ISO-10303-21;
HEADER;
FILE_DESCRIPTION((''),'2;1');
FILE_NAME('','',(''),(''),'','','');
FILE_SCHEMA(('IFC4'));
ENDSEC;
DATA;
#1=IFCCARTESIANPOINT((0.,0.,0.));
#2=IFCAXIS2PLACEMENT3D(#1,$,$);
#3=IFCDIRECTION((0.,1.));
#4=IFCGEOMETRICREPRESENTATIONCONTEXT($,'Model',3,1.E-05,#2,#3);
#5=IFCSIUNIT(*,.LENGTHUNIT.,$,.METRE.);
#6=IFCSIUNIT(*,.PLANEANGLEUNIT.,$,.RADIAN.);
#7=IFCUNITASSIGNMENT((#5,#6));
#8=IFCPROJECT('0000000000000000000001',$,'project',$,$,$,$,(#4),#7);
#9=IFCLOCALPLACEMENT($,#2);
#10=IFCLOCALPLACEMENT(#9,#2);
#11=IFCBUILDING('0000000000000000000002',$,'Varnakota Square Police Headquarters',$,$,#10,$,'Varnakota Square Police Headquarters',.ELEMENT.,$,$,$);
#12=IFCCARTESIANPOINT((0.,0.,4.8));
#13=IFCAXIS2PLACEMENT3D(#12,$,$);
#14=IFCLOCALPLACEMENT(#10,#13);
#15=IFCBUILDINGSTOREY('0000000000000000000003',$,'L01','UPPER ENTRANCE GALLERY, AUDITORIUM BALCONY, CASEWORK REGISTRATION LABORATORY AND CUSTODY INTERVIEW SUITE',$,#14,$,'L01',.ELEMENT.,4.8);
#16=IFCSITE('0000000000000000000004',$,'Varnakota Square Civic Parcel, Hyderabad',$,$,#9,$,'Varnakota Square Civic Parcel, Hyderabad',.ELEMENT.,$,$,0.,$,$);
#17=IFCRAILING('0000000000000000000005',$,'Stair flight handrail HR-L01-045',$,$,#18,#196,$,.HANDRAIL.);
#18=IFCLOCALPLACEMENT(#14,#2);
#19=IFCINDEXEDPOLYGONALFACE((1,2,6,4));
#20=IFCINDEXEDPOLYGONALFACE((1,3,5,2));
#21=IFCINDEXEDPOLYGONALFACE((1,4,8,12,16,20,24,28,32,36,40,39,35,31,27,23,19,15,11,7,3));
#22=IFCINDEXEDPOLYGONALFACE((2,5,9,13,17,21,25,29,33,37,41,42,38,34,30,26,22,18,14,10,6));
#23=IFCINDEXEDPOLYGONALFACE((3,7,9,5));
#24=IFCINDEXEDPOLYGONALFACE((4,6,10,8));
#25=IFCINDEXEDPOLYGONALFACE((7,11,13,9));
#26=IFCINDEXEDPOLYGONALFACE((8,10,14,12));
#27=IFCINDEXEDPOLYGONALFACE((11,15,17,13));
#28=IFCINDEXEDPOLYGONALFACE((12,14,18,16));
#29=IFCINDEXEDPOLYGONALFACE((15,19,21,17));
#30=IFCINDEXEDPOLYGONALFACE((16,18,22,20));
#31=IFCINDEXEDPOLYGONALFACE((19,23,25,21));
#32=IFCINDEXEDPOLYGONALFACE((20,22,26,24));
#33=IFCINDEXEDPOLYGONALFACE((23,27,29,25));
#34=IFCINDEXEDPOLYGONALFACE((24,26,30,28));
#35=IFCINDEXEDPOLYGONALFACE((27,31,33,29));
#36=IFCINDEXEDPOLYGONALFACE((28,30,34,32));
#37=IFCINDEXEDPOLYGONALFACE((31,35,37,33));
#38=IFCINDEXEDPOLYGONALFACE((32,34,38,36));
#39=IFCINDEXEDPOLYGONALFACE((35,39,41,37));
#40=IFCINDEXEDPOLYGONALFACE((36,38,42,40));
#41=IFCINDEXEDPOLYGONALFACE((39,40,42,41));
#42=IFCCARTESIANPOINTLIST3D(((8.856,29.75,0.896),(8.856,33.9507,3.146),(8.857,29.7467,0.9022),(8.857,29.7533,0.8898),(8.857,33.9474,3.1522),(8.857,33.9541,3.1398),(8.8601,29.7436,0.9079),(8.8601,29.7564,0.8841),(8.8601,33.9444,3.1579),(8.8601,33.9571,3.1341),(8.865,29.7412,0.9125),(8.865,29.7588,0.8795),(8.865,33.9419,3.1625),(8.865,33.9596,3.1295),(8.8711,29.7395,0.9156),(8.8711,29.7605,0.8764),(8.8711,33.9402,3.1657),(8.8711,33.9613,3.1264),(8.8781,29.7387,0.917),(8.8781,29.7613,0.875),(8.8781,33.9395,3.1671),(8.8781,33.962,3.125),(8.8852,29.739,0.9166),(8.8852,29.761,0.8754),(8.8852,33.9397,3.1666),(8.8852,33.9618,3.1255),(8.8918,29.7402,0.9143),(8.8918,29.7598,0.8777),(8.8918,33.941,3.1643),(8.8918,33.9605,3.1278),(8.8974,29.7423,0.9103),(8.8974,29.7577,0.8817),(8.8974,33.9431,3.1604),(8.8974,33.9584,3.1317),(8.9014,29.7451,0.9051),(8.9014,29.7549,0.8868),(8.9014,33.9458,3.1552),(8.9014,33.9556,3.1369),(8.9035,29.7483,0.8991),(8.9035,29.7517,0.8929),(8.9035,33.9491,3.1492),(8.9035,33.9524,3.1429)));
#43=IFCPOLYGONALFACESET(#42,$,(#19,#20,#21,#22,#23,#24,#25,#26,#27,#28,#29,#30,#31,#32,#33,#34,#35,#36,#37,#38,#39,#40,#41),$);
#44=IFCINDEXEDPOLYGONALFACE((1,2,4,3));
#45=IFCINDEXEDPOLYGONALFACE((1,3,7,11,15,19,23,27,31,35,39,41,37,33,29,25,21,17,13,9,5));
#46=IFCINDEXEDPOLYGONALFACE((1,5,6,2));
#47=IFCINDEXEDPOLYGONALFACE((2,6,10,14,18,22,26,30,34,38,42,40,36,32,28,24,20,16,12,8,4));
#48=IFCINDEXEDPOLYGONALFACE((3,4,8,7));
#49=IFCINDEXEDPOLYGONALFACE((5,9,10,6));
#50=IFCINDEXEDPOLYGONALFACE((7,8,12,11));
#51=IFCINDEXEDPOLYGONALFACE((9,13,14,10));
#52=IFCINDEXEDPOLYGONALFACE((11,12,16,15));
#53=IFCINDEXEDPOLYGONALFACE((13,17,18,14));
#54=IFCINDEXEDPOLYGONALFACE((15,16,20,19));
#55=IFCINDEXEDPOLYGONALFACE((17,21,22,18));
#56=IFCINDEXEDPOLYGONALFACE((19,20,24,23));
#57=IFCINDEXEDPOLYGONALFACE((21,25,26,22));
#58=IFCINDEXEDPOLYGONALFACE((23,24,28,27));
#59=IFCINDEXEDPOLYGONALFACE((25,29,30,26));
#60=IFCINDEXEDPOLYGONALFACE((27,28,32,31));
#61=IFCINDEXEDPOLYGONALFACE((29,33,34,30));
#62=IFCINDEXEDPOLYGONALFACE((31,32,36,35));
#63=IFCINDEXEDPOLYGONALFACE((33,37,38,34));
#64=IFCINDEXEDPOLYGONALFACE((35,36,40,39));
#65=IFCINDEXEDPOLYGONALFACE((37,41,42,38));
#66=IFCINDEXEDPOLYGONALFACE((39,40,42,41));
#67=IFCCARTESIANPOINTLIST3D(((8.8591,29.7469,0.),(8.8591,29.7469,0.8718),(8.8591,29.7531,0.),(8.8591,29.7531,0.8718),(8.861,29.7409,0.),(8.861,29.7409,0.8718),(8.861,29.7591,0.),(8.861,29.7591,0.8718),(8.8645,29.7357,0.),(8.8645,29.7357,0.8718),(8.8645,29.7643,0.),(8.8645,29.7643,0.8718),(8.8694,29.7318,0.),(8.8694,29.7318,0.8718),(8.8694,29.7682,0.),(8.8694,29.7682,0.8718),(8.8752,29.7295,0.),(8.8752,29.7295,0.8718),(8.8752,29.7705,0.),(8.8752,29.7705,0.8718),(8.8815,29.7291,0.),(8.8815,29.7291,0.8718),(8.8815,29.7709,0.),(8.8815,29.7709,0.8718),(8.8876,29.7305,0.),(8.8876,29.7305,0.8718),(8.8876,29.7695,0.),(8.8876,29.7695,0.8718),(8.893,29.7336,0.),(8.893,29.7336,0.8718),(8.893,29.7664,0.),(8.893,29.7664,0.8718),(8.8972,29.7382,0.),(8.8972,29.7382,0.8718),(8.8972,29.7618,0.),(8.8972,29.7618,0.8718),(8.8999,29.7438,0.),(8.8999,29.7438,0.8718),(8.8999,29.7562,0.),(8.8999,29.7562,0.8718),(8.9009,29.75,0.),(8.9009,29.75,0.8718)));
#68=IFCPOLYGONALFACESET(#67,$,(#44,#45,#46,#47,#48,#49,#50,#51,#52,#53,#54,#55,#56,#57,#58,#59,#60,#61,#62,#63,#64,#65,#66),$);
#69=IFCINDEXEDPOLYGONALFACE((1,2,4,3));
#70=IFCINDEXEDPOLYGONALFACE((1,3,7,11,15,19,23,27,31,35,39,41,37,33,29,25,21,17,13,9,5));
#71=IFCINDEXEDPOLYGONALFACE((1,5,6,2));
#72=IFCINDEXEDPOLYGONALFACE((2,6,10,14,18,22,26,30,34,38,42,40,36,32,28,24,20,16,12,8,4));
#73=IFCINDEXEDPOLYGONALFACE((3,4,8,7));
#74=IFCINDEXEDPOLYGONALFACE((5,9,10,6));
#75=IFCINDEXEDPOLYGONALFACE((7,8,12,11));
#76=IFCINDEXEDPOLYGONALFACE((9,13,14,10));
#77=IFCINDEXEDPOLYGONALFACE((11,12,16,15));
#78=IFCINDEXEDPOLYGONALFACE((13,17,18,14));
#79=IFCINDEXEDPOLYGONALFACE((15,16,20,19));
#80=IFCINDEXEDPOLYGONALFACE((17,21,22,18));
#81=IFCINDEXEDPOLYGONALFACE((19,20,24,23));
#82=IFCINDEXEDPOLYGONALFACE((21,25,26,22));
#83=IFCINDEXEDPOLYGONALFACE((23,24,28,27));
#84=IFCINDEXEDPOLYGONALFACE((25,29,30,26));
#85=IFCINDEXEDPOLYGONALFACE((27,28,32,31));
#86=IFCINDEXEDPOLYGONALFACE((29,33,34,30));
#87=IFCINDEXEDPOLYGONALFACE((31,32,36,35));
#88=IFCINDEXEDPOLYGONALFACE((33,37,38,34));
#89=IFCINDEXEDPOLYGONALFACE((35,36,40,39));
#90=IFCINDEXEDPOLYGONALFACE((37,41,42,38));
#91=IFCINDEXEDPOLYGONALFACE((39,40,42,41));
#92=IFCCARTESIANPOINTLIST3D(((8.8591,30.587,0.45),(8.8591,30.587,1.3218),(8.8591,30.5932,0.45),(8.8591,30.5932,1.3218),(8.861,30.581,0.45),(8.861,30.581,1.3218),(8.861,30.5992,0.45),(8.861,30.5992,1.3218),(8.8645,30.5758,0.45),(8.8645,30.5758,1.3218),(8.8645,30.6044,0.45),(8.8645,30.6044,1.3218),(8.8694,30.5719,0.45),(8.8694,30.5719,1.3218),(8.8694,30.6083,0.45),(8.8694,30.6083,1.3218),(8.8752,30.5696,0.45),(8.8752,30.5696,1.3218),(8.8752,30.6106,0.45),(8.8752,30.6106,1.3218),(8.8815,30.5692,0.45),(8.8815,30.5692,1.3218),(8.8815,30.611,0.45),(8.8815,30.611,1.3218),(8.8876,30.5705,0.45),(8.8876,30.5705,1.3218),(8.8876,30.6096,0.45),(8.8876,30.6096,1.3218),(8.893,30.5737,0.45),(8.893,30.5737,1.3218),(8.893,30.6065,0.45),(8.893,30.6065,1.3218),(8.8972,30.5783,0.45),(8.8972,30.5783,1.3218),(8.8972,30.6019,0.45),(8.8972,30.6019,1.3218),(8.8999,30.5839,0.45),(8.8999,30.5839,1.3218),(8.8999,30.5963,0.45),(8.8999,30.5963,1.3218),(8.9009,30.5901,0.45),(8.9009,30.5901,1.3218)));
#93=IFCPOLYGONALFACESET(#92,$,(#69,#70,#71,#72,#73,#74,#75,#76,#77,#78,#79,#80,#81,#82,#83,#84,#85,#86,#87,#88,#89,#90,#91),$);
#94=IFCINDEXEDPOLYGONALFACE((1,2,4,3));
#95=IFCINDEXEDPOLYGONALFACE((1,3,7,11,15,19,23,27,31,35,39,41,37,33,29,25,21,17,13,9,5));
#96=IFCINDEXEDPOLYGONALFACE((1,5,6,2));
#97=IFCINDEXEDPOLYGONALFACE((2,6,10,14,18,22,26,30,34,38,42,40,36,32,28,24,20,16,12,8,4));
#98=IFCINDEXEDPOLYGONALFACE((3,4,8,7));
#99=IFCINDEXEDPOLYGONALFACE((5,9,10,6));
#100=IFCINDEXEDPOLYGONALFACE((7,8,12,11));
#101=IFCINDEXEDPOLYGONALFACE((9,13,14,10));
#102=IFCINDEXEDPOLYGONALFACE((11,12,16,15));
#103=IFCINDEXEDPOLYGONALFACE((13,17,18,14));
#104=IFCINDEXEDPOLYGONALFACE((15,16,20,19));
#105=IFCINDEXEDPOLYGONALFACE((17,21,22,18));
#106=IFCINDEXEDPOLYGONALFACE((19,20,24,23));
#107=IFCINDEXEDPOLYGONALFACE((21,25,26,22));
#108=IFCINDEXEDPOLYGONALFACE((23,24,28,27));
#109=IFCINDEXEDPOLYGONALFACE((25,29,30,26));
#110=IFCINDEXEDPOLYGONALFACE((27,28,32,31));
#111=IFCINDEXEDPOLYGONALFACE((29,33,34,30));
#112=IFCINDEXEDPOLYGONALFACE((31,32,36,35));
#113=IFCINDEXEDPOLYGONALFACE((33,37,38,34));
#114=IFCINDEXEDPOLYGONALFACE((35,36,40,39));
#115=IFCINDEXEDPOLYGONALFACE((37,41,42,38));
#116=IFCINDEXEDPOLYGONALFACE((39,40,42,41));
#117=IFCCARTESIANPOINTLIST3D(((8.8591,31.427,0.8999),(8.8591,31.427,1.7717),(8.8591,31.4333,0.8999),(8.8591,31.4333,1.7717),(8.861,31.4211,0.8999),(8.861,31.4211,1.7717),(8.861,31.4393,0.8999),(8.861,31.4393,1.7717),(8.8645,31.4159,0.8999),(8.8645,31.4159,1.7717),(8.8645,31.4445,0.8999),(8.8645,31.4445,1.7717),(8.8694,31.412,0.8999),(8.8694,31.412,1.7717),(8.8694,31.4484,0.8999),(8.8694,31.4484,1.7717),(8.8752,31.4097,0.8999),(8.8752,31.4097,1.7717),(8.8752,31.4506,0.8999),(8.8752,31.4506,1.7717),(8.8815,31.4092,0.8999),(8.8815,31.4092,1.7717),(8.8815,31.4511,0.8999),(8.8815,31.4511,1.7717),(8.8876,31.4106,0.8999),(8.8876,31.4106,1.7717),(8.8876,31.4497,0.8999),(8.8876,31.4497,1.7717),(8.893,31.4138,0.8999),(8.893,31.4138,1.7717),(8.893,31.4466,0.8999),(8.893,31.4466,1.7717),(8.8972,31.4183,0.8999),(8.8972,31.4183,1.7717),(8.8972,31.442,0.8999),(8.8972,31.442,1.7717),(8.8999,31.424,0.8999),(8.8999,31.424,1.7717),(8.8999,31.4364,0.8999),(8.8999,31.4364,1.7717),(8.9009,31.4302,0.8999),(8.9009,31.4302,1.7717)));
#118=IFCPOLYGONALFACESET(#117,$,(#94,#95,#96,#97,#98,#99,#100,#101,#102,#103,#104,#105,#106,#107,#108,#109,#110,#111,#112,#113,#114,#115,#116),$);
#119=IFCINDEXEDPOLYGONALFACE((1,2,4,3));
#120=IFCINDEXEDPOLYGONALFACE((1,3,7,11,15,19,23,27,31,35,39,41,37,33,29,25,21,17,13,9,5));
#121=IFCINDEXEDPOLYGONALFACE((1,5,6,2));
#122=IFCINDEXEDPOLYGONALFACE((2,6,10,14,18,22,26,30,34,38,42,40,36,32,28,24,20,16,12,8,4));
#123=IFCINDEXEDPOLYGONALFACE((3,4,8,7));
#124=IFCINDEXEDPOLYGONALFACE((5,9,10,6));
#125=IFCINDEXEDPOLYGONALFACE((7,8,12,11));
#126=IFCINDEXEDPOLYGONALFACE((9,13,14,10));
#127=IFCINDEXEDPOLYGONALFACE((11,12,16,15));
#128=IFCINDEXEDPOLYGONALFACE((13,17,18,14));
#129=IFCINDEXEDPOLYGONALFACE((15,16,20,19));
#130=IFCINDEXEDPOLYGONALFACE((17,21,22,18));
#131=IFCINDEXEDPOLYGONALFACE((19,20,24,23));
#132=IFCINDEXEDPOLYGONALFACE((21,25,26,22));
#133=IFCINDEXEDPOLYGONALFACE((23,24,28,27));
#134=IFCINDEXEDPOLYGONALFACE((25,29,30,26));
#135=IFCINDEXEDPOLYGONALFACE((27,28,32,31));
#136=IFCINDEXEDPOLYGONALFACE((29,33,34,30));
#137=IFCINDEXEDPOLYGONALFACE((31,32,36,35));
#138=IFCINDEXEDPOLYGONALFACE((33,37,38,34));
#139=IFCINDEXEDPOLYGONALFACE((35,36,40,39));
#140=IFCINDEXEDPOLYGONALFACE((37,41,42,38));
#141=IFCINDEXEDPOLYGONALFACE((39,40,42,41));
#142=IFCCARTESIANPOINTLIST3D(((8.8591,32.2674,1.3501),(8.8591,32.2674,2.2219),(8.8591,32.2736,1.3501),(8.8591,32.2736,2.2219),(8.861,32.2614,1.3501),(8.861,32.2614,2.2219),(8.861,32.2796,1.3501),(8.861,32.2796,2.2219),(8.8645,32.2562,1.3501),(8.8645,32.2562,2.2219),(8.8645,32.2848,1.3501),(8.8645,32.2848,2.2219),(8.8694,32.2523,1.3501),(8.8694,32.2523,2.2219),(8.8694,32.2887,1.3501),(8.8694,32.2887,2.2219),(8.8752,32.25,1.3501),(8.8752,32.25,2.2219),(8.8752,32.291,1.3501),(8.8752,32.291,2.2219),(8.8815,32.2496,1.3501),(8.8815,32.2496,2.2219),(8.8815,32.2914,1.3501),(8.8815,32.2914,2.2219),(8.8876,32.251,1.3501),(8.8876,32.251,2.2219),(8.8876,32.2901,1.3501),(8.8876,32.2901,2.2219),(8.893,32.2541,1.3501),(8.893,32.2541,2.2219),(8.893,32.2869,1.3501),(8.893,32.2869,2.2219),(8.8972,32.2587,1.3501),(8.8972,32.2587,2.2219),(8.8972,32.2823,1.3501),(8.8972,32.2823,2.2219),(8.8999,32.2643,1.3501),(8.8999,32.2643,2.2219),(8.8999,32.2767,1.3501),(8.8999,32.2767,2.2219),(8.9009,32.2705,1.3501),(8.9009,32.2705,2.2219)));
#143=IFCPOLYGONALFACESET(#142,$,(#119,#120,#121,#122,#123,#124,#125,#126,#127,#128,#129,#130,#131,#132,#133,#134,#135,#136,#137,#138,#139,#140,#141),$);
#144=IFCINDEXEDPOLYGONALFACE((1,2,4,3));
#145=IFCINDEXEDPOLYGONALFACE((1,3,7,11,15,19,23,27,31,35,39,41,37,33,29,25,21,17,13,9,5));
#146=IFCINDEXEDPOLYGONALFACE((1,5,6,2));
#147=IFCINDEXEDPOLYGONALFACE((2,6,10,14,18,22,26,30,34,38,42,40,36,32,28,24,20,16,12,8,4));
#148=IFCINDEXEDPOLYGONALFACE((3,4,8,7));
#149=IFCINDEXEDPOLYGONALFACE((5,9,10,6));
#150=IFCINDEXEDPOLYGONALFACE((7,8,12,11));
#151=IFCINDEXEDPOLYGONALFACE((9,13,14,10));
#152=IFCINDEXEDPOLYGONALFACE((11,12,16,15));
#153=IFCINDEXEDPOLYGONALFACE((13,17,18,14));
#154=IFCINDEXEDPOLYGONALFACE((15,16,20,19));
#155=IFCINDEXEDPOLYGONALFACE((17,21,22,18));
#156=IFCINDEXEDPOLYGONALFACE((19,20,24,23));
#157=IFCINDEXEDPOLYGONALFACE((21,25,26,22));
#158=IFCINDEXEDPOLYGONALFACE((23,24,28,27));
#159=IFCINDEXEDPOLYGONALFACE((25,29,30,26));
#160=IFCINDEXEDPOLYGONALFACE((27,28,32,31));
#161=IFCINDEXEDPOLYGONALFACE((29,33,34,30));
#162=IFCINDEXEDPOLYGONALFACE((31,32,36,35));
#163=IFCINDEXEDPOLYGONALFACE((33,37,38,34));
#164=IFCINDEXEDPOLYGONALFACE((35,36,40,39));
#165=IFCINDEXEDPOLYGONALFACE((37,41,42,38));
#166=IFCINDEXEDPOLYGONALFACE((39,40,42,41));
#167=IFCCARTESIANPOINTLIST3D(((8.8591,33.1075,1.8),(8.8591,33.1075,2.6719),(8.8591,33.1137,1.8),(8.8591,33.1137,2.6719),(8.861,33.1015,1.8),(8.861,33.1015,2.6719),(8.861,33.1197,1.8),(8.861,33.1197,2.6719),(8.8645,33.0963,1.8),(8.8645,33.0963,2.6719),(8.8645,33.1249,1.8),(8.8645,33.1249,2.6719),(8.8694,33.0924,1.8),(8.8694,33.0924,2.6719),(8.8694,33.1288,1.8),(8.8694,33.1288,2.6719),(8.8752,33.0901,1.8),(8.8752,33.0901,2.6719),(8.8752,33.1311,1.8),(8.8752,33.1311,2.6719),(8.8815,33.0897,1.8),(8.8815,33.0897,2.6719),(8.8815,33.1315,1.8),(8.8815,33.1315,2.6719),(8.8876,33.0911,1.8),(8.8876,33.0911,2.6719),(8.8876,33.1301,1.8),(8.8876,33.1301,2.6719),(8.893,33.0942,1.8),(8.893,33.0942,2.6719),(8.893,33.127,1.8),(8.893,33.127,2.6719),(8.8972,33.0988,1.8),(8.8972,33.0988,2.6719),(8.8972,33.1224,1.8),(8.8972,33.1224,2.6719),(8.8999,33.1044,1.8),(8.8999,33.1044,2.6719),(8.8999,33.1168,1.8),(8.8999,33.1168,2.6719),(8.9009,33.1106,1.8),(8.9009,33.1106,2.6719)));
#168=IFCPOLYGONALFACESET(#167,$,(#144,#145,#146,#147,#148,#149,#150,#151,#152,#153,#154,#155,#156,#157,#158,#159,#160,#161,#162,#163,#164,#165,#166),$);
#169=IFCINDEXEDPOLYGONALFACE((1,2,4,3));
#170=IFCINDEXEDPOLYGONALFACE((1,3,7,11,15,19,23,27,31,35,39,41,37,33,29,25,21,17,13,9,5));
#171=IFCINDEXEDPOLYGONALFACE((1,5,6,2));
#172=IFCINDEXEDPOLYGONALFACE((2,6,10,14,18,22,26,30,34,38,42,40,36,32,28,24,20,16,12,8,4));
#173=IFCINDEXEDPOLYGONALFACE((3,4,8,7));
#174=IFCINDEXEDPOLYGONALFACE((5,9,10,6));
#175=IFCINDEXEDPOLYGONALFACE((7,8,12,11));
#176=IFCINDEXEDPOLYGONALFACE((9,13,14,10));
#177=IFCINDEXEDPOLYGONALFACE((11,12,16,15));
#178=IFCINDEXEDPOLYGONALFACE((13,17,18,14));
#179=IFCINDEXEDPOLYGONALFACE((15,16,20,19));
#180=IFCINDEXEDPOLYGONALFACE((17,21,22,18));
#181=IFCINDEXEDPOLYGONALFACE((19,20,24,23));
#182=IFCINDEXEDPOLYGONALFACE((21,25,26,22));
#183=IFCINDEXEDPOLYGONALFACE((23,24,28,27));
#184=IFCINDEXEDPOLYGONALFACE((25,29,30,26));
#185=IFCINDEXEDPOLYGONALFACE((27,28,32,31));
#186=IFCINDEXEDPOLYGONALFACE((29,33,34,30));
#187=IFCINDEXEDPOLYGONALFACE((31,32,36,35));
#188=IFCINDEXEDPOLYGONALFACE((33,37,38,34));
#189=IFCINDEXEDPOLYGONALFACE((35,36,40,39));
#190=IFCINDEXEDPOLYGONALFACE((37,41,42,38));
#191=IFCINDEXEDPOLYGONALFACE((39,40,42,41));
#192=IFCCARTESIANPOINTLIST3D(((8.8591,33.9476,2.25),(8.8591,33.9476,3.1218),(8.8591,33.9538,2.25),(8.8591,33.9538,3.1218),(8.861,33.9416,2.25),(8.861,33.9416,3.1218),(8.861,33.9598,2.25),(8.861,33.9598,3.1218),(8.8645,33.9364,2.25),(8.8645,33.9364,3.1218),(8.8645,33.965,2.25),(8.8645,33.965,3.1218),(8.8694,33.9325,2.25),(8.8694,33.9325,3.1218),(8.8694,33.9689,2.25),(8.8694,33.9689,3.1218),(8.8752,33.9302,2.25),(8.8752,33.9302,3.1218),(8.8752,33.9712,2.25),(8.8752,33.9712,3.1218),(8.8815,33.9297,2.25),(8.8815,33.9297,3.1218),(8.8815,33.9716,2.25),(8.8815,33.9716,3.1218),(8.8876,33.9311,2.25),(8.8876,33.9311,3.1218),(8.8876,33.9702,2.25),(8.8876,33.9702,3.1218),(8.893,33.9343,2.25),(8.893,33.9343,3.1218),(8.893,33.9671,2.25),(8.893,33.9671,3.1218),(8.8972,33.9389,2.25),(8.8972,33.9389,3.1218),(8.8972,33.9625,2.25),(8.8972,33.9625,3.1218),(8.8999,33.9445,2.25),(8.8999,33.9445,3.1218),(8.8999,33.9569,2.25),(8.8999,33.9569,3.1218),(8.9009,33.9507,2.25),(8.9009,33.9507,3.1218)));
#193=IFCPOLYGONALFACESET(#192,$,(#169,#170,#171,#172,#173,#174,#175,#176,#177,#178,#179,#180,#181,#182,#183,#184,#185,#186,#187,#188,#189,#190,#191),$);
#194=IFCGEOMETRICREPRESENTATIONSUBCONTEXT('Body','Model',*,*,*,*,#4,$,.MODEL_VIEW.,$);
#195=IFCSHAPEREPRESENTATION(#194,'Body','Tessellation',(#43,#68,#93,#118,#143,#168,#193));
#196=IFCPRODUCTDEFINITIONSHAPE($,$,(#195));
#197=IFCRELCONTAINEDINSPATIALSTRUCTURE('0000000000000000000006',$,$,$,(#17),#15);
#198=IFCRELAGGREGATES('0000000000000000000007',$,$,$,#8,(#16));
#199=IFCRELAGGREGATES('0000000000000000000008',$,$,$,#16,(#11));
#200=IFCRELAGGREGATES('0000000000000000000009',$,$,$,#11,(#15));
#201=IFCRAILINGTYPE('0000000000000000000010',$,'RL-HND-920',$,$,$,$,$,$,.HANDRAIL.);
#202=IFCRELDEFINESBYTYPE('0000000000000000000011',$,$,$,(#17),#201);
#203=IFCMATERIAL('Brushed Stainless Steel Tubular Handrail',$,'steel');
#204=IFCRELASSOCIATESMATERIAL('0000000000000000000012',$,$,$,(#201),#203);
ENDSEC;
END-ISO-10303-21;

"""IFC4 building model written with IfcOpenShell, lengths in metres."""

from ifc_helpers import new_model, si_unit, direction, frame, origin, origin_2d, place, context, subcontext, project, spatial, circle, extrude, material, type_object, element, save


model = new_model("IFC4")

# Units and contexts
model_context = context("Model", 3, precision=1e-05, world=origin(), true_north=direction((0.0, 1.0)))
body_context = subcontext(model_context, "Body", "Model", "MODEL_VIEW")
ifc_project = project(units=[si_unit("LENGTHUNIT", "METRE"), si_unit("PLANEANGLEUNIT", "RADIAN")], contexts=[model_context])

# Site, building, storey
site_placement = place(None, origin())
site = spatial("IfcSite", under=ifc_project, at=site_placement, Name="Varnakota Square Civic Parcel, Hyderabad", LongName="Varnakota Square Civic Parcel, Hyderabad", CompositionType="ELEMENT", RefElevation=0.0)
building_placement = place(site_placement, origin())
building = spatial("IfcBuilding", under=site, at=building_placement, Name="Varnakota Square Police Headquarters", LongName="Varnakota Square Police Headquarters", CompositionType="ELEMENT")
storey_placement = place(building_placement, frame((0.0, 0.0, 4.8)))
storey = spatial("IfcBuildingStorey", under=building, at=storey_placement, Name="L01", Description="UPPER ENTRANCE GALLERY, AUDITORIUM BALCONY, CASEWORK REGISTRATION LABORATORY AND CUSTODY INTERVIEW SUITE", LongName="L01", CompositionType="ELEMENT", Elevation=4.8)

# Railing
ifc_material_1 = material(Name="Brushed Stainless Steel Tubular Handrail", Category="steel")
railing_type_1 = type_object("IfcRailingType", Name="RL-HND-920", PredefinedType="HANDRAIL", material=ifc_material_1)
railing_1_placement = place(storey_placement, frame((8.8799, 29.75, 0.0)))
element("IfcRailing", 1, at=railing_1_placement, inside=storey, type_object=railing_type_1, Name="Stair flight handrail HR-L01-045", PredefinedType="HANDRAIL", context=body_context, shape_type="SweptSolid", body=[
    extrude(circle(Radius=0.0239, at=origin_2d()), frame((0.0, 0.0, 0.896), z_axis=(0.0, 0.881512, 0.472162), x_axis=(-1.0, 0.0, 0.0)), (0.0, 0.0, 1.0), 4.7654),
    extrude(circle(Radius=0.021, at=origin_2d()), origin(), (0.0, 0.0, 1.0), 0.8718),
    extrude(circle(Radius=0.021, at=origin_2d()), frame((0.0, 0.8401, 0.45)), (0.0, 0.0, 1.0), 0.8718),
    extrude(circle(Radius=0.021, at=origin_2d()), frame((0.0, 1.6802, 0.8999)), (0.0, 0.0, 1.0), 0.8718),
    extrude(circle(Radius=0.021, at=origin_2d()), frame((0.0, 2.5205, 1.3501)), (0.0, 0.0, 1.0), 0.8718),
    extrude(circle(Radius=0.021, at=origin_2d()), frame((0.0, 3.3606, 1.8)), (0.0, 0.0, 1.0), 0.8718),
    extrude(circle(Radius=0.021, at=origin_2d()), frame((0.0, 4.2007, 2.25)), (0.0, 0.0, 1.0), 0.8718),
])

save(model, "model.ifc")
